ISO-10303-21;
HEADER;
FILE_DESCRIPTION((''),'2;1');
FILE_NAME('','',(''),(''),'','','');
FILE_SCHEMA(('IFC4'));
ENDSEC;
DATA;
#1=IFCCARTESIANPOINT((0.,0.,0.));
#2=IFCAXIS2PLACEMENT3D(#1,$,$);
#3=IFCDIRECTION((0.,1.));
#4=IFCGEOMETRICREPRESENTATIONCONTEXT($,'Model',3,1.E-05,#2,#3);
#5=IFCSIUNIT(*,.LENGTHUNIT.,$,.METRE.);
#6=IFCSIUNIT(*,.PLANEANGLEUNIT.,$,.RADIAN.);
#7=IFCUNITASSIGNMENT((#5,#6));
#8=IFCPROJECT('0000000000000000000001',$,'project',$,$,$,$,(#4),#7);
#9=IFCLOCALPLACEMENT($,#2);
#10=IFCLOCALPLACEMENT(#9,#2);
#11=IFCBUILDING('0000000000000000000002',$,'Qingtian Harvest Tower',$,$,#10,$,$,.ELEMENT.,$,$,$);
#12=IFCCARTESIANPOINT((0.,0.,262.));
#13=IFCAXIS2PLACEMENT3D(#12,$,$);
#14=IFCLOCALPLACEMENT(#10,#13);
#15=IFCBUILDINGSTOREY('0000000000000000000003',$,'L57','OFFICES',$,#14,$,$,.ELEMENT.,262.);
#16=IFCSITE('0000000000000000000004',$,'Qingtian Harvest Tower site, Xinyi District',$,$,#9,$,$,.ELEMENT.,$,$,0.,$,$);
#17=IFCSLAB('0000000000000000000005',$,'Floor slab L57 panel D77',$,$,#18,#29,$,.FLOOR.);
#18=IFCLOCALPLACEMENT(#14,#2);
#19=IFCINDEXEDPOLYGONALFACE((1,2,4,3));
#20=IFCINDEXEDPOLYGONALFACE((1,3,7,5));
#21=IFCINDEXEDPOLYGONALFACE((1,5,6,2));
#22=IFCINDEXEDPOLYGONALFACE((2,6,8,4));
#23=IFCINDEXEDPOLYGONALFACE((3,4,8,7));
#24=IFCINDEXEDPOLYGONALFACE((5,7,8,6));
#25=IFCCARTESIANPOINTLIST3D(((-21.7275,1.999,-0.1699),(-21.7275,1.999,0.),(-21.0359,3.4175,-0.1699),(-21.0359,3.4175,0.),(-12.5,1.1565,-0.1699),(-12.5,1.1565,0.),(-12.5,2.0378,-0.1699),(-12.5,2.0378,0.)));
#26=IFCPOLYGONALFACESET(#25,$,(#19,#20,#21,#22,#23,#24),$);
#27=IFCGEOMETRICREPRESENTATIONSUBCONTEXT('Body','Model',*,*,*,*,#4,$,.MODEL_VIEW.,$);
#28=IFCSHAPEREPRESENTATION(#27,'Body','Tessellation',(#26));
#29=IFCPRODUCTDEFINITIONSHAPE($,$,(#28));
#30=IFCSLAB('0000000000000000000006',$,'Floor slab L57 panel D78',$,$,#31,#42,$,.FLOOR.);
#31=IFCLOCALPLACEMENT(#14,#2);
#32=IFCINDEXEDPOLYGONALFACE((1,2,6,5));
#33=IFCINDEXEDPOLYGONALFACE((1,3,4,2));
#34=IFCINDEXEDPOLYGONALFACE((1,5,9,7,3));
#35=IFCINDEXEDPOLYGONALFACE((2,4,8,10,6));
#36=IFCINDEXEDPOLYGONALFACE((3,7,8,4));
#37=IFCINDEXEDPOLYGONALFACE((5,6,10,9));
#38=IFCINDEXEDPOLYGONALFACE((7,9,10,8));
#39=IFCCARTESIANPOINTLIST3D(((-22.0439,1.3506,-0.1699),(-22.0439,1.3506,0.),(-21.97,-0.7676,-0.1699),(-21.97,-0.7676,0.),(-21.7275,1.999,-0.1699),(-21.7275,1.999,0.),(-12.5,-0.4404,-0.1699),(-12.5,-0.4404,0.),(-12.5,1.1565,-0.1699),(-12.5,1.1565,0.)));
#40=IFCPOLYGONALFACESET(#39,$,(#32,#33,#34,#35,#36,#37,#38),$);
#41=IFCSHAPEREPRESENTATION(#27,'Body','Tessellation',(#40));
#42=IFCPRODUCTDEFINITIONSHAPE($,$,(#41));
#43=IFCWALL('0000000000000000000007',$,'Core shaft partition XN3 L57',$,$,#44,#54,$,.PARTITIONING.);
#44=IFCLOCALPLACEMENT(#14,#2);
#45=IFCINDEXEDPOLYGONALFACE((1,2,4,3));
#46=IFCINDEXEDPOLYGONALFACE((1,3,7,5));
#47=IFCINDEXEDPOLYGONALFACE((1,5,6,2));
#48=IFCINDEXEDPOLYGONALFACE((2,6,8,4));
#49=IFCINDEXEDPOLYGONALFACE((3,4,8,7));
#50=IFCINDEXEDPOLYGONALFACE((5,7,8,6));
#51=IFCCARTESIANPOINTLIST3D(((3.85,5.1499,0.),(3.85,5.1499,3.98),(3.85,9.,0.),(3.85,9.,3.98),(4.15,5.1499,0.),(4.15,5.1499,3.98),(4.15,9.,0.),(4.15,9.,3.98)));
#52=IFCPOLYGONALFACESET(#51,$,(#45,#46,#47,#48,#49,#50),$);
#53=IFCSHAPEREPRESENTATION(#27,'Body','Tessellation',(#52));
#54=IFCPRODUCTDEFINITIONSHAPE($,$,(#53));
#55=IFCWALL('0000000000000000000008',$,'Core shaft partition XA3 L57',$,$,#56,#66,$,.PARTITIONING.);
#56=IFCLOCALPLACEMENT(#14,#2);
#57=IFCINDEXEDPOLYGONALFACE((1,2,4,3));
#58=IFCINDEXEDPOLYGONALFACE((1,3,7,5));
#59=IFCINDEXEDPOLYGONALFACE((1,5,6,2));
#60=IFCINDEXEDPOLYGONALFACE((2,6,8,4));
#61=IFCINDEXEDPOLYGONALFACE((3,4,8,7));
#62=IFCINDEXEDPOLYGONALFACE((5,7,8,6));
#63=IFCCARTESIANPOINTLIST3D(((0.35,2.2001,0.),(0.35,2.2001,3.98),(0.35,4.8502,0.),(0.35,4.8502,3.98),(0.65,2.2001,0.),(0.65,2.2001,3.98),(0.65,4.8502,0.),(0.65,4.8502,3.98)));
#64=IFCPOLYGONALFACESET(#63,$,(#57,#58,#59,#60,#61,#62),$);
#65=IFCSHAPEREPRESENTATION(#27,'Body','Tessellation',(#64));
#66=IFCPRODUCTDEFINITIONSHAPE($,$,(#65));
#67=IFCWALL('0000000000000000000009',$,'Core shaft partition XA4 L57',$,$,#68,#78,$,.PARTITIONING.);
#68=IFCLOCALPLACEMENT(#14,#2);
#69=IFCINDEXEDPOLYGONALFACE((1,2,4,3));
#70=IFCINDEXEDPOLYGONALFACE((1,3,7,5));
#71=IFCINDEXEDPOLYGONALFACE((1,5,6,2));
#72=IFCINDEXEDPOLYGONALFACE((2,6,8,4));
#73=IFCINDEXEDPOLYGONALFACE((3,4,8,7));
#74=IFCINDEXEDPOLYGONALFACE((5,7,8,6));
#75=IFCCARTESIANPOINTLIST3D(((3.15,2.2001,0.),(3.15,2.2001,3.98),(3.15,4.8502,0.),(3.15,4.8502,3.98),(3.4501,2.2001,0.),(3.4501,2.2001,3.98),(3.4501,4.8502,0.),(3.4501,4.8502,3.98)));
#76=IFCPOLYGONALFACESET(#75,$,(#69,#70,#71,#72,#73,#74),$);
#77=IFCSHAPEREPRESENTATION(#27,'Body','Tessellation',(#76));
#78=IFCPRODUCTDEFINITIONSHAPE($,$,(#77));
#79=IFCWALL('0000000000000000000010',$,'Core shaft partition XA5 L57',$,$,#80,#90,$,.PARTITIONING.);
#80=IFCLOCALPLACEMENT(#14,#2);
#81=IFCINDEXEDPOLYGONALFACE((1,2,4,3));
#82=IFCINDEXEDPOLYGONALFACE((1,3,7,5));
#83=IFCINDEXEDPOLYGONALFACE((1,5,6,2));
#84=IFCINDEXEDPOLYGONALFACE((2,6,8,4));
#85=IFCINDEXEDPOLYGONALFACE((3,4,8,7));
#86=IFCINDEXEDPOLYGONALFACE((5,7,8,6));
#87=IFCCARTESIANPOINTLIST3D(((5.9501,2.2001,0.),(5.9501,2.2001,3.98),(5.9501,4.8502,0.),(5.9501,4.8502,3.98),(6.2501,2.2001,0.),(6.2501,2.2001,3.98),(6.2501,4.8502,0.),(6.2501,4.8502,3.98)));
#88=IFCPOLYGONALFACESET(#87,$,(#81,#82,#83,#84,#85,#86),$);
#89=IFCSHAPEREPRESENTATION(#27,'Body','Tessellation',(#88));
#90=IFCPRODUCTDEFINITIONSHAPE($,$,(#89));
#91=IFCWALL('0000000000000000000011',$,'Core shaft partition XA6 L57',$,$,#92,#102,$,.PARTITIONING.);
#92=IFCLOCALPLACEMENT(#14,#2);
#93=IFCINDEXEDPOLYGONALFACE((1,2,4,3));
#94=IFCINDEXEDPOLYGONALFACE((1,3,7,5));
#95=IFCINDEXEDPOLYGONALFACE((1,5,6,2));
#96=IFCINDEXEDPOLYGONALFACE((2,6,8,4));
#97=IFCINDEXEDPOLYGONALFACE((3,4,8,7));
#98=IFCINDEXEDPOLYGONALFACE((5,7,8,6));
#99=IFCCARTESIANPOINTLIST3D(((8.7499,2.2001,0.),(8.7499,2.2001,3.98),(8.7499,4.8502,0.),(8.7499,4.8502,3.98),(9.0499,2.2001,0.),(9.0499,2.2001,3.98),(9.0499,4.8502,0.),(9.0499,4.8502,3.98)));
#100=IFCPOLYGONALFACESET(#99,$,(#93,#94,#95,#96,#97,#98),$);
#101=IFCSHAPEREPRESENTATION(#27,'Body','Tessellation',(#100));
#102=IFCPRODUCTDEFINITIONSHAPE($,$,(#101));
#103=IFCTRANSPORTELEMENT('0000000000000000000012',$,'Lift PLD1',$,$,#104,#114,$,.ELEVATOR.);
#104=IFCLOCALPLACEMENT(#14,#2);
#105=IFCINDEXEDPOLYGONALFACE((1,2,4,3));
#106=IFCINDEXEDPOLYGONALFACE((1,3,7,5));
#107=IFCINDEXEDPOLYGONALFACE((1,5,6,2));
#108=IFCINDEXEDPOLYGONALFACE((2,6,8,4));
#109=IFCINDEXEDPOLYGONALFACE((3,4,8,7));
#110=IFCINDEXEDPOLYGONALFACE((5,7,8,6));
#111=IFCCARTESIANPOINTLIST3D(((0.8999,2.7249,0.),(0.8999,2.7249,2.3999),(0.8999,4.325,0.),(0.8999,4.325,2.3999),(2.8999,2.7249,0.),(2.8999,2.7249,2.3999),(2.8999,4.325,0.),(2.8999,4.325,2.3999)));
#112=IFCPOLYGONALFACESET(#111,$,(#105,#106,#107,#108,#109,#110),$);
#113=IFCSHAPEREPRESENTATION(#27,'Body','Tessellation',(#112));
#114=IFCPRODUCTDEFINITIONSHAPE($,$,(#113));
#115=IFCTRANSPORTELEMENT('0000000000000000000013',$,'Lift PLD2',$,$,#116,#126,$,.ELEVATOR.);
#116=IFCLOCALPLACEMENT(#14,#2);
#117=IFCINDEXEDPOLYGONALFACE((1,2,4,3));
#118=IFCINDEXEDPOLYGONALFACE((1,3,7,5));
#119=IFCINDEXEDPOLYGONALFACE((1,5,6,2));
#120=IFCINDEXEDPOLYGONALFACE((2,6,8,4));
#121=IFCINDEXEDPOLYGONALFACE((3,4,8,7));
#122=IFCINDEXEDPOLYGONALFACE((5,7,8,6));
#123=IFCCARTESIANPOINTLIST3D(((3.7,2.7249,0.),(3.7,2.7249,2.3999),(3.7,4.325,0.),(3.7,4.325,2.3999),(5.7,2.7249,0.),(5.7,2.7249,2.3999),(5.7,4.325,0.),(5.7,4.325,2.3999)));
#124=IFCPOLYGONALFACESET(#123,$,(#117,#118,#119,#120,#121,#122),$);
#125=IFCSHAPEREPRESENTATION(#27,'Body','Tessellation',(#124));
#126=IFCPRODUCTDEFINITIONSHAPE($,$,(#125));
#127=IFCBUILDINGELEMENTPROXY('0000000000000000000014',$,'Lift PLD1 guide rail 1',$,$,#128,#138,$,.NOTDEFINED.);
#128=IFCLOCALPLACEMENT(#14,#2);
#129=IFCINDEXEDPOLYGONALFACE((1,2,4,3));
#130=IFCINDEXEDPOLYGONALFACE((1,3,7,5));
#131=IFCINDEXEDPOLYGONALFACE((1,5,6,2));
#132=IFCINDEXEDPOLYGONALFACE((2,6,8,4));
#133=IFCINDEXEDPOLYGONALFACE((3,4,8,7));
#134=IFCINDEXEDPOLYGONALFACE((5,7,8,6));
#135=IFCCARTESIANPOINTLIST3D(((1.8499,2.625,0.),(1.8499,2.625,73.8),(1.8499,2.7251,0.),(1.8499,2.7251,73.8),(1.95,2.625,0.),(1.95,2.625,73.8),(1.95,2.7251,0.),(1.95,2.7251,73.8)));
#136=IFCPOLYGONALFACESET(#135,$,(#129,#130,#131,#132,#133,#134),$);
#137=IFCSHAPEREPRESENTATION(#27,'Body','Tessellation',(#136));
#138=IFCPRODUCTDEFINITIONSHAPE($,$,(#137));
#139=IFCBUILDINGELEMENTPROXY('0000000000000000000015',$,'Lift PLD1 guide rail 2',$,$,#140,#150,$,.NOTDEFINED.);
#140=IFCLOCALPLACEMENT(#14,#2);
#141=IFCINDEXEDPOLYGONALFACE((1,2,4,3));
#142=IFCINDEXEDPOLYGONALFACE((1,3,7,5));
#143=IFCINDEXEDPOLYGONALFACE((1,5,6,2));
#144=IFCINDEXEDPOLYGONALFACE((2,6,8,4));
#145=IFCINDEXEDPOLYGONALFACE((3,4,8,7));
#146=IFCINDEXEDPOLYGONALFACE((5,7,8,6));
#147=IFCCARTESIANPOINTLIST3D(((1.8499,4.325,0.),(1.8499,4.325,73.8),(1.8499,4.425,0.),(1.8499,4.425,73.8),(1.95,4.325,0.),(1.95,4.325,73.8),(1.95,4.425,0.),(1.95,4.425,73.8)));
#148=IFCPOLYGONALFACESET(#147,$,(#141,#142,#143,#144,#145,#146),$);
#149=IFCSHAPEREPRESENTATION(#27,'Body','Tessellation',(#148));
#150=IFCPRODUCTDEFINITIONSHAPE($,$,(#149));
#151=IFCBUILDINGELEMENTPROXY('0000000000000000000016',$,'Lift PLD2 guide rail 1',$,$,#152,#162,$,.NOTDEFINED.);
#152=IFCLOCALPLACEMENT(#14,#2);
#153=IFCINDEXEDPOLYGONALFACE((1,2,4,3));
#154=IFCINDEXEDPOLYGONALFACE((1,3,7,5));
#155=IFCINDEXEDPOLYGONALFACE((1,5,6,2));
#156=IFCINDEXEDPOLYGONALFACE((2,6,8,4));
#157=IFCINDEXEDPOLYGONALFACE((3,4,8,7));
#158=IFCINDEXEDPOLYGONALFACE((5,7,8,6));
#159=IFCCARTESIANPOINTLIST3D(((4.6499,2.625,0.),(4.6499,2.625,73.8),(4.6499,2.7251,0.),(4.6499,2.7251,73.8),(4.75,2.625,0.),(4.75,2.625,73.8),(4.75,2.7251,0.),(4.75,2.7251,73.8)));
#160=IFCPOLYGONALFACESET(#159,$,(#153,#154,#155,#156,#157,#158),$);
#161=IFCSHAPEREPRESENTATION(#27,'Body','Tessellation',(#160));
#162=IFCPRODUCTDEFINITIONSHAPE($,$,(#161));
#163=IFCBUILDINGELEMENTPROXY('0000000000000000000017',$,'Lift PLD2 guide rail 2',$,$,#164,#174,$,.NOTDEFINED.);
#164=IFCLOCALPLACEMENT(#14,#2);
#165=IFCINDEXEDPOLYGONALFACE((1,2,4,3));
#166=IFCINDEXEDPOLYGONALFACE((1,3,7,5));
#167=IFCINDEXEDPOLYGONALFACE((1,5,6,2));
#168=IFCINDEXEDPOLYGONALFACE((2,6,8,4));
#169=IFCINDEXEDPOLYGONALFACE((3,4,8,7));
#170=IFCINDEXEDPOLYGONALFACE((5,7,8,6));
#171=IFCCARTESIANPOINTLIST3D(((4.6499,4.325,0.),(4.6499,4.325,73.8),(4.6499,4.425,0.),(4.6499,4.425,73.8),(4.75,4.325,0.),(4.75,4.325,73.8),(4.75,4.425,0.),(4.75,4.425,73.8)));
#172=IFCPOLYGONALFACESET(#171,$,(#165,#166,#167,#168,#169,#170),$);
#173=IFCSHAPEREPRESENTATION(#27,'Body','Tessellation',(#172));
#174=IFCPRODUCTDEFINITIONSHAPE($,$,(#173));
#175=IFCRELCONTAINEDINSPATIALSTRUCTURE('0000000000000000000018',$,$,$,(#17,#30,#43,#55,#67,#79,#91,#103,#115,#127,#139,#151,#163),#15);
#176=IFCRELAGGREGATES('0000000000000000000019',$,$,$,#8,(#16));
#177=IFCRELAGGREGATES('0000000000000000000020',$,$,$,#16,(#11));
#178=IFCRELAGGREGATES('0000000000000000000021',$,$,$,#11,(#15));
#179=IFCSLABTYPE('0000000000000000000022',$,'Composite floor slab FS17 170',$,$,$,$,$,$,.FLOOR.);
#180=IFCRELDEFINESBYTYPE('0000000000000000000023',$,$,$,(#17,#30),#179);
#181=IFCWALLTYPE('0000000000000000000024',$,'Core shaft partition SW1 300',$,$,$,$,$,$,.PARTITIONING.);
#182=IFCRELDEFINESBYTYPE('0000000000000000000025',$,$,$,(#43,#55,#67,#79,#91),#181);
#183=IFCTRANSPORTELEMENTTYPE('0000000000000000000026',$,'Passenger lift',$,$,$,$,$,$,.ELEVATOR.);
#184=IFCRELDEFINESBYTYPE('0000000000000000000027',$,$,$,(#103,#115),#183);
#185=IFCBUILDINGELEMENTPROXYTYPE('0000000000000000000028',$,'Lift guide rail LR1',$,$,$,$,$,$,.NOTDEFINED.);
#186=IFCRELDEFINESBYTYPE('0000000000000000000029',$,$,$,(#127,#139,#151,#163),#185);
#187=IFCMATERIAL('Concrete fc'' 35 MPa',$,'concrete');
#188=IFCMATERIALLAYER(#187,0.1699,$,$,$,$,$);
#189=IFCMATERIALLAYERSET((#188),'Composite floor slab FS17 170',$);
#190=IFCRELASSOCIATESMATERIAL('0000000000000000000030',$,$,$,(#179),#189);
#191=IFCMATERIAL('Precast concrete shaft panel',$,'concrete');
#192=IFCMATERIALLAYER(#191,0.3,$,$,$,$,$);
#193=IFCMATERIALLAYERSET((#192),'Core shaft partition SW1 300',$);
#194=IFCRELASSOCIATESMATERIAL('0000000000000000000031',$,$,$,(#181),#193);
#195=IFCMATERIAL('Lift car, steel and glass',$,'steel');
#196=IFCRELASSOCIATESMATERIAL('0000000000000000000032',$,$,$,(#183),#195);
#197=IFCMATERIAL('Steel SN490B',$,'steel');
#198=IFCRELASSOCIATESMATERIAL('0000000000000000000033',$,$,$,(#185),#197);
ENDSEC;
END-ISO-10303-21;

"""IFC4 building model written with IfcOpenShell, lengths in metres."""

from ifc_helpers import new_model, si_unit, direction, frame, frame_2d, origin, origin_2d, place, context, subcontext, project, spatial, polyline, rectangle, outline, extrude, material, layer, layer_set, type_object, element, save


model = new_model("IFC4")

# Units and contexts
model_context = context("Model", 3, precision=1e-05, world=origin(), true_north=direction((0.0, 1.0)))
body_context = subcontext(model_context, "Body", "Model", "MODEL_VIEW")
ifc_project = project(units=[si_unit("LENGTHUNIT", "METRE"), si_unit("PLANEANGLEUNIT", "RADIAN")], contexts=[model_context])

# Site, building, storey
site_placement = place(None, origin())
site = spatial("IfcSite", under=ifc_project, at=site_placement, Name="Qingtian Harvest Tower site, Xinyi District", CompositionType="ELEMENT", RefElevation=0.0)
building_placement = place(site_placement, origin())
building = spatial("IfcBuilding", under=site, at=building_placement, Name="Qingtian Harvest Tower", CompositionType="ELEMENT")
storey_placement = place(building_placement, frame((0.0, 0.0, 262.0)))
storey = spatial("IfcBuildingStorey", under=building, at=storey_placement, Name="L57", Description="OFFICES", CompositionType="ELEMENT", Elevation=262.0)

# Slabs
ifc_material_1 = material(Name="Concrete fc' 35 MPa", Category="concrete")
ifc_layer_1 = layer(ifc_material_1, 0.1699)
ifc_layer_set_1 = layer_set([ifc_layer_1], Name="Composite floor slab FS17 170")
slab_type = type_object("IfcSlabType", Name="Composite floor slab FS17 170", PredefinedType="FLOOR", material=ifc_layer_set_1)
slab_1_placement = place(storey_placement, frame((0.0, 0.0, -0.1699)))
element("IfcSlab", 1, at=slab_1_placement, inside=storey, type_object=slab_type, Name="Floor slab L57 panel D77", PredefinedType="FLOOR", context=body_context, shape_type="SweptSolid", body=[
    extrude(outline(polyline([(-12.5, 1.1565), (-21.7275, 1.999), (-21.0359, 3.4175), (-12.5, 2.0378), (-12.5, 1.1565)])), origin(), (0.0, 0.0, 1.0), 0.1699),
])
slab_2_placement = place(storey_placement, frame((0.0, 0.0, -0.1699)))
element("IfcSlab", 2, at=slab_2_placement, inside=storey, type_object=slab_type, Name="Floor slab L57 panel D78", PredefinedType="FLOOR", context=body_context, shape_type="SweptSolid", body=[
    extrude(outline(polyline([(-12.5, 1.1565), (-12.5, -0.4404), (-21.97, -0.7676), (-22.0439, 1.3506), (-21.7275, 1.999), (-12.5, 1.1565)])), origin(), (0.0, 0.0, 1.0), 0.1699),
])

# Shared definitions
ifc_material_2 = material(Name="Precast concrete shaft panel", Category="concrete")
ifc_layer_2 = layer(ifc_material_2, 0.3)
ifc_layer_set_2 = layer_set([ifc_layer_2], Name="Core shaft partition SW1 300")
wall_type = type_object("IfcWallType", Name="Core shaft partition SW1 300", PredefinedType="PARTITIONING", material=ifc_layer_set_2)

# Walls
wall_1_placement = place(storey_placement, frame((4.0, 5.1499, 0.0), z_axis=(0.0, 0.0, 1.0), x_axis=(0.0, 1.0, 0.0)))
element("IfcWall", 3, at=wall_1_placement, inside=storey, type_object=wall_type, Name="Core shaft partition XN3 L57", PredefinedType="PARTITIONING", context=body_context, shape_type="SweptSolid", body=[
    extrude(rectangle(XDim=3.8501, YDim=0.3, at=frame_2d((1.925, 0.0))), origin(), (0.0, 0.0, 1.0), 3.98),
])
for number, where, z_axis, x_axis, name in (
    (4, (0.5, 2.2, 0.0), (0.0, 0.0, 1.0), (0.0, 1.0, 0.0), "Core shaft partition XA3 L57"),
    (5, (3.3, 2.2, 0.0), (0.0, 0.0, 1.0), (0.0, 1.0, 0.0), "Core shaft partition XA4 L57"),
    (6, (6.1001, 2.2, 0.0), (0.0, 0.0, 1.0), (0.0, 1.0, 0.0), "Core shaft partition XA5 L57"),
    (7, (8.8999, 2.2, 0.0), (0.0, 0.0, 1.0), (0.0, 1.0, 0.0), "Core shaft partition XA6 L57"),
):
    element("IfcWall", number, at=place(storey_placement, frame(where, z_axis=z_axis, x_axis=x_axis)), inside=storey, type_object=wall_type, Name=name, PredefinedType="PARTITIONING", context=body_context, shape_type="SweptSolid", body=[
        extrude(rectangle(XDim=2.6501, YDim=0.3, at=frame_2d((1.3252, 0.0))), origin(), (0.0, 0.0, 1.0), 3.98),
    ])

# Transport elements
ifc_material_3 = material(Name="Lift car, steel and glass", Category="steel")
transport_element_type = type_object("IfcTransportElementType", Name="Passenger lift", PredefinedType="ELEVATOR", material=ifc_material_3)
for number, where, z_axis, x_axis, name in (
    (8, (1.8999, 3.5249, 0.0), (0.0, 0.0, 1.0), (1.0, 0.0, 0.0), "Lift PLD1"),
    (9, (4.7, 3.5249, 0.0), (0.0, 0.0, 1.0), (1.0, 0.0, 0.0), "Lift PLD2"),
):
    element("IfcTransportElement", number, at=place(storey_placement, frame(where, z_axis=z_axis, x_axis=x_axis)), inside=storey, type_object=transport_element_type, Name=name, PredefinedType="ELEVATOR", context=body_context, shape_type="SweptSolid", body=[
        extrude(rectangle(XDim=2.0, YDim=1.6001, at=origin_2d()), origin(), (0.0, 0.0, 1.0), 2.3999),
    ])

# Building element proxies
ifc_material_4 = material(Name="Steel SN490B", Category="steel")
building_element_proxy_type = type_object("IfcBuildingElementProxyType", Name="Lift guide rail LR1", PredefinedType="NOTDEFINED", material=ifc_material_4)
for number, where, z_axis, x_axis, name in (
    (10, (1.8999, 2.675, 0.0), (0.0, 0.0, 1.0), (1.0, 0.0, 0.0), "Lift PLD1 guide rail 1"),
    (11, (1.8999, 4.375, 0.0), (0.0, 0.0, 1.0), (1.0, 0.0, 0.0), "Lift PLD1 guide rail 2"),
    (12, (4.7, 2.675, 0.0), (0.0, 0.0, 1.0), (1.0, 0.0, 0.0), "Lift PLD2 guide rail 1"),
    (13, (4.7, 4.375, 0.0), (0.0, 0.0, 1.0), (1.0, 0.0, 0.0), "Lift PLD2 guide rail 2"),
):
    element("IfcBuildingElementProxy", number, at=place(storey_placement, frame(where, z_axis=z_axis, x_axis=x_axis)), inside=storey, type_object=building_element_proxy_type, Name=name, PredefinedType="NOTDEFINED", context=body_context, shape_type="SweptSolid", body=[
        extrude(rectangle(XDim=0.1001, YDim=0.1001, at=origin_2d()), origin(), (0.0, 0.0, 1.0), 73.8),
    ])

save(model, "model.ifc")
